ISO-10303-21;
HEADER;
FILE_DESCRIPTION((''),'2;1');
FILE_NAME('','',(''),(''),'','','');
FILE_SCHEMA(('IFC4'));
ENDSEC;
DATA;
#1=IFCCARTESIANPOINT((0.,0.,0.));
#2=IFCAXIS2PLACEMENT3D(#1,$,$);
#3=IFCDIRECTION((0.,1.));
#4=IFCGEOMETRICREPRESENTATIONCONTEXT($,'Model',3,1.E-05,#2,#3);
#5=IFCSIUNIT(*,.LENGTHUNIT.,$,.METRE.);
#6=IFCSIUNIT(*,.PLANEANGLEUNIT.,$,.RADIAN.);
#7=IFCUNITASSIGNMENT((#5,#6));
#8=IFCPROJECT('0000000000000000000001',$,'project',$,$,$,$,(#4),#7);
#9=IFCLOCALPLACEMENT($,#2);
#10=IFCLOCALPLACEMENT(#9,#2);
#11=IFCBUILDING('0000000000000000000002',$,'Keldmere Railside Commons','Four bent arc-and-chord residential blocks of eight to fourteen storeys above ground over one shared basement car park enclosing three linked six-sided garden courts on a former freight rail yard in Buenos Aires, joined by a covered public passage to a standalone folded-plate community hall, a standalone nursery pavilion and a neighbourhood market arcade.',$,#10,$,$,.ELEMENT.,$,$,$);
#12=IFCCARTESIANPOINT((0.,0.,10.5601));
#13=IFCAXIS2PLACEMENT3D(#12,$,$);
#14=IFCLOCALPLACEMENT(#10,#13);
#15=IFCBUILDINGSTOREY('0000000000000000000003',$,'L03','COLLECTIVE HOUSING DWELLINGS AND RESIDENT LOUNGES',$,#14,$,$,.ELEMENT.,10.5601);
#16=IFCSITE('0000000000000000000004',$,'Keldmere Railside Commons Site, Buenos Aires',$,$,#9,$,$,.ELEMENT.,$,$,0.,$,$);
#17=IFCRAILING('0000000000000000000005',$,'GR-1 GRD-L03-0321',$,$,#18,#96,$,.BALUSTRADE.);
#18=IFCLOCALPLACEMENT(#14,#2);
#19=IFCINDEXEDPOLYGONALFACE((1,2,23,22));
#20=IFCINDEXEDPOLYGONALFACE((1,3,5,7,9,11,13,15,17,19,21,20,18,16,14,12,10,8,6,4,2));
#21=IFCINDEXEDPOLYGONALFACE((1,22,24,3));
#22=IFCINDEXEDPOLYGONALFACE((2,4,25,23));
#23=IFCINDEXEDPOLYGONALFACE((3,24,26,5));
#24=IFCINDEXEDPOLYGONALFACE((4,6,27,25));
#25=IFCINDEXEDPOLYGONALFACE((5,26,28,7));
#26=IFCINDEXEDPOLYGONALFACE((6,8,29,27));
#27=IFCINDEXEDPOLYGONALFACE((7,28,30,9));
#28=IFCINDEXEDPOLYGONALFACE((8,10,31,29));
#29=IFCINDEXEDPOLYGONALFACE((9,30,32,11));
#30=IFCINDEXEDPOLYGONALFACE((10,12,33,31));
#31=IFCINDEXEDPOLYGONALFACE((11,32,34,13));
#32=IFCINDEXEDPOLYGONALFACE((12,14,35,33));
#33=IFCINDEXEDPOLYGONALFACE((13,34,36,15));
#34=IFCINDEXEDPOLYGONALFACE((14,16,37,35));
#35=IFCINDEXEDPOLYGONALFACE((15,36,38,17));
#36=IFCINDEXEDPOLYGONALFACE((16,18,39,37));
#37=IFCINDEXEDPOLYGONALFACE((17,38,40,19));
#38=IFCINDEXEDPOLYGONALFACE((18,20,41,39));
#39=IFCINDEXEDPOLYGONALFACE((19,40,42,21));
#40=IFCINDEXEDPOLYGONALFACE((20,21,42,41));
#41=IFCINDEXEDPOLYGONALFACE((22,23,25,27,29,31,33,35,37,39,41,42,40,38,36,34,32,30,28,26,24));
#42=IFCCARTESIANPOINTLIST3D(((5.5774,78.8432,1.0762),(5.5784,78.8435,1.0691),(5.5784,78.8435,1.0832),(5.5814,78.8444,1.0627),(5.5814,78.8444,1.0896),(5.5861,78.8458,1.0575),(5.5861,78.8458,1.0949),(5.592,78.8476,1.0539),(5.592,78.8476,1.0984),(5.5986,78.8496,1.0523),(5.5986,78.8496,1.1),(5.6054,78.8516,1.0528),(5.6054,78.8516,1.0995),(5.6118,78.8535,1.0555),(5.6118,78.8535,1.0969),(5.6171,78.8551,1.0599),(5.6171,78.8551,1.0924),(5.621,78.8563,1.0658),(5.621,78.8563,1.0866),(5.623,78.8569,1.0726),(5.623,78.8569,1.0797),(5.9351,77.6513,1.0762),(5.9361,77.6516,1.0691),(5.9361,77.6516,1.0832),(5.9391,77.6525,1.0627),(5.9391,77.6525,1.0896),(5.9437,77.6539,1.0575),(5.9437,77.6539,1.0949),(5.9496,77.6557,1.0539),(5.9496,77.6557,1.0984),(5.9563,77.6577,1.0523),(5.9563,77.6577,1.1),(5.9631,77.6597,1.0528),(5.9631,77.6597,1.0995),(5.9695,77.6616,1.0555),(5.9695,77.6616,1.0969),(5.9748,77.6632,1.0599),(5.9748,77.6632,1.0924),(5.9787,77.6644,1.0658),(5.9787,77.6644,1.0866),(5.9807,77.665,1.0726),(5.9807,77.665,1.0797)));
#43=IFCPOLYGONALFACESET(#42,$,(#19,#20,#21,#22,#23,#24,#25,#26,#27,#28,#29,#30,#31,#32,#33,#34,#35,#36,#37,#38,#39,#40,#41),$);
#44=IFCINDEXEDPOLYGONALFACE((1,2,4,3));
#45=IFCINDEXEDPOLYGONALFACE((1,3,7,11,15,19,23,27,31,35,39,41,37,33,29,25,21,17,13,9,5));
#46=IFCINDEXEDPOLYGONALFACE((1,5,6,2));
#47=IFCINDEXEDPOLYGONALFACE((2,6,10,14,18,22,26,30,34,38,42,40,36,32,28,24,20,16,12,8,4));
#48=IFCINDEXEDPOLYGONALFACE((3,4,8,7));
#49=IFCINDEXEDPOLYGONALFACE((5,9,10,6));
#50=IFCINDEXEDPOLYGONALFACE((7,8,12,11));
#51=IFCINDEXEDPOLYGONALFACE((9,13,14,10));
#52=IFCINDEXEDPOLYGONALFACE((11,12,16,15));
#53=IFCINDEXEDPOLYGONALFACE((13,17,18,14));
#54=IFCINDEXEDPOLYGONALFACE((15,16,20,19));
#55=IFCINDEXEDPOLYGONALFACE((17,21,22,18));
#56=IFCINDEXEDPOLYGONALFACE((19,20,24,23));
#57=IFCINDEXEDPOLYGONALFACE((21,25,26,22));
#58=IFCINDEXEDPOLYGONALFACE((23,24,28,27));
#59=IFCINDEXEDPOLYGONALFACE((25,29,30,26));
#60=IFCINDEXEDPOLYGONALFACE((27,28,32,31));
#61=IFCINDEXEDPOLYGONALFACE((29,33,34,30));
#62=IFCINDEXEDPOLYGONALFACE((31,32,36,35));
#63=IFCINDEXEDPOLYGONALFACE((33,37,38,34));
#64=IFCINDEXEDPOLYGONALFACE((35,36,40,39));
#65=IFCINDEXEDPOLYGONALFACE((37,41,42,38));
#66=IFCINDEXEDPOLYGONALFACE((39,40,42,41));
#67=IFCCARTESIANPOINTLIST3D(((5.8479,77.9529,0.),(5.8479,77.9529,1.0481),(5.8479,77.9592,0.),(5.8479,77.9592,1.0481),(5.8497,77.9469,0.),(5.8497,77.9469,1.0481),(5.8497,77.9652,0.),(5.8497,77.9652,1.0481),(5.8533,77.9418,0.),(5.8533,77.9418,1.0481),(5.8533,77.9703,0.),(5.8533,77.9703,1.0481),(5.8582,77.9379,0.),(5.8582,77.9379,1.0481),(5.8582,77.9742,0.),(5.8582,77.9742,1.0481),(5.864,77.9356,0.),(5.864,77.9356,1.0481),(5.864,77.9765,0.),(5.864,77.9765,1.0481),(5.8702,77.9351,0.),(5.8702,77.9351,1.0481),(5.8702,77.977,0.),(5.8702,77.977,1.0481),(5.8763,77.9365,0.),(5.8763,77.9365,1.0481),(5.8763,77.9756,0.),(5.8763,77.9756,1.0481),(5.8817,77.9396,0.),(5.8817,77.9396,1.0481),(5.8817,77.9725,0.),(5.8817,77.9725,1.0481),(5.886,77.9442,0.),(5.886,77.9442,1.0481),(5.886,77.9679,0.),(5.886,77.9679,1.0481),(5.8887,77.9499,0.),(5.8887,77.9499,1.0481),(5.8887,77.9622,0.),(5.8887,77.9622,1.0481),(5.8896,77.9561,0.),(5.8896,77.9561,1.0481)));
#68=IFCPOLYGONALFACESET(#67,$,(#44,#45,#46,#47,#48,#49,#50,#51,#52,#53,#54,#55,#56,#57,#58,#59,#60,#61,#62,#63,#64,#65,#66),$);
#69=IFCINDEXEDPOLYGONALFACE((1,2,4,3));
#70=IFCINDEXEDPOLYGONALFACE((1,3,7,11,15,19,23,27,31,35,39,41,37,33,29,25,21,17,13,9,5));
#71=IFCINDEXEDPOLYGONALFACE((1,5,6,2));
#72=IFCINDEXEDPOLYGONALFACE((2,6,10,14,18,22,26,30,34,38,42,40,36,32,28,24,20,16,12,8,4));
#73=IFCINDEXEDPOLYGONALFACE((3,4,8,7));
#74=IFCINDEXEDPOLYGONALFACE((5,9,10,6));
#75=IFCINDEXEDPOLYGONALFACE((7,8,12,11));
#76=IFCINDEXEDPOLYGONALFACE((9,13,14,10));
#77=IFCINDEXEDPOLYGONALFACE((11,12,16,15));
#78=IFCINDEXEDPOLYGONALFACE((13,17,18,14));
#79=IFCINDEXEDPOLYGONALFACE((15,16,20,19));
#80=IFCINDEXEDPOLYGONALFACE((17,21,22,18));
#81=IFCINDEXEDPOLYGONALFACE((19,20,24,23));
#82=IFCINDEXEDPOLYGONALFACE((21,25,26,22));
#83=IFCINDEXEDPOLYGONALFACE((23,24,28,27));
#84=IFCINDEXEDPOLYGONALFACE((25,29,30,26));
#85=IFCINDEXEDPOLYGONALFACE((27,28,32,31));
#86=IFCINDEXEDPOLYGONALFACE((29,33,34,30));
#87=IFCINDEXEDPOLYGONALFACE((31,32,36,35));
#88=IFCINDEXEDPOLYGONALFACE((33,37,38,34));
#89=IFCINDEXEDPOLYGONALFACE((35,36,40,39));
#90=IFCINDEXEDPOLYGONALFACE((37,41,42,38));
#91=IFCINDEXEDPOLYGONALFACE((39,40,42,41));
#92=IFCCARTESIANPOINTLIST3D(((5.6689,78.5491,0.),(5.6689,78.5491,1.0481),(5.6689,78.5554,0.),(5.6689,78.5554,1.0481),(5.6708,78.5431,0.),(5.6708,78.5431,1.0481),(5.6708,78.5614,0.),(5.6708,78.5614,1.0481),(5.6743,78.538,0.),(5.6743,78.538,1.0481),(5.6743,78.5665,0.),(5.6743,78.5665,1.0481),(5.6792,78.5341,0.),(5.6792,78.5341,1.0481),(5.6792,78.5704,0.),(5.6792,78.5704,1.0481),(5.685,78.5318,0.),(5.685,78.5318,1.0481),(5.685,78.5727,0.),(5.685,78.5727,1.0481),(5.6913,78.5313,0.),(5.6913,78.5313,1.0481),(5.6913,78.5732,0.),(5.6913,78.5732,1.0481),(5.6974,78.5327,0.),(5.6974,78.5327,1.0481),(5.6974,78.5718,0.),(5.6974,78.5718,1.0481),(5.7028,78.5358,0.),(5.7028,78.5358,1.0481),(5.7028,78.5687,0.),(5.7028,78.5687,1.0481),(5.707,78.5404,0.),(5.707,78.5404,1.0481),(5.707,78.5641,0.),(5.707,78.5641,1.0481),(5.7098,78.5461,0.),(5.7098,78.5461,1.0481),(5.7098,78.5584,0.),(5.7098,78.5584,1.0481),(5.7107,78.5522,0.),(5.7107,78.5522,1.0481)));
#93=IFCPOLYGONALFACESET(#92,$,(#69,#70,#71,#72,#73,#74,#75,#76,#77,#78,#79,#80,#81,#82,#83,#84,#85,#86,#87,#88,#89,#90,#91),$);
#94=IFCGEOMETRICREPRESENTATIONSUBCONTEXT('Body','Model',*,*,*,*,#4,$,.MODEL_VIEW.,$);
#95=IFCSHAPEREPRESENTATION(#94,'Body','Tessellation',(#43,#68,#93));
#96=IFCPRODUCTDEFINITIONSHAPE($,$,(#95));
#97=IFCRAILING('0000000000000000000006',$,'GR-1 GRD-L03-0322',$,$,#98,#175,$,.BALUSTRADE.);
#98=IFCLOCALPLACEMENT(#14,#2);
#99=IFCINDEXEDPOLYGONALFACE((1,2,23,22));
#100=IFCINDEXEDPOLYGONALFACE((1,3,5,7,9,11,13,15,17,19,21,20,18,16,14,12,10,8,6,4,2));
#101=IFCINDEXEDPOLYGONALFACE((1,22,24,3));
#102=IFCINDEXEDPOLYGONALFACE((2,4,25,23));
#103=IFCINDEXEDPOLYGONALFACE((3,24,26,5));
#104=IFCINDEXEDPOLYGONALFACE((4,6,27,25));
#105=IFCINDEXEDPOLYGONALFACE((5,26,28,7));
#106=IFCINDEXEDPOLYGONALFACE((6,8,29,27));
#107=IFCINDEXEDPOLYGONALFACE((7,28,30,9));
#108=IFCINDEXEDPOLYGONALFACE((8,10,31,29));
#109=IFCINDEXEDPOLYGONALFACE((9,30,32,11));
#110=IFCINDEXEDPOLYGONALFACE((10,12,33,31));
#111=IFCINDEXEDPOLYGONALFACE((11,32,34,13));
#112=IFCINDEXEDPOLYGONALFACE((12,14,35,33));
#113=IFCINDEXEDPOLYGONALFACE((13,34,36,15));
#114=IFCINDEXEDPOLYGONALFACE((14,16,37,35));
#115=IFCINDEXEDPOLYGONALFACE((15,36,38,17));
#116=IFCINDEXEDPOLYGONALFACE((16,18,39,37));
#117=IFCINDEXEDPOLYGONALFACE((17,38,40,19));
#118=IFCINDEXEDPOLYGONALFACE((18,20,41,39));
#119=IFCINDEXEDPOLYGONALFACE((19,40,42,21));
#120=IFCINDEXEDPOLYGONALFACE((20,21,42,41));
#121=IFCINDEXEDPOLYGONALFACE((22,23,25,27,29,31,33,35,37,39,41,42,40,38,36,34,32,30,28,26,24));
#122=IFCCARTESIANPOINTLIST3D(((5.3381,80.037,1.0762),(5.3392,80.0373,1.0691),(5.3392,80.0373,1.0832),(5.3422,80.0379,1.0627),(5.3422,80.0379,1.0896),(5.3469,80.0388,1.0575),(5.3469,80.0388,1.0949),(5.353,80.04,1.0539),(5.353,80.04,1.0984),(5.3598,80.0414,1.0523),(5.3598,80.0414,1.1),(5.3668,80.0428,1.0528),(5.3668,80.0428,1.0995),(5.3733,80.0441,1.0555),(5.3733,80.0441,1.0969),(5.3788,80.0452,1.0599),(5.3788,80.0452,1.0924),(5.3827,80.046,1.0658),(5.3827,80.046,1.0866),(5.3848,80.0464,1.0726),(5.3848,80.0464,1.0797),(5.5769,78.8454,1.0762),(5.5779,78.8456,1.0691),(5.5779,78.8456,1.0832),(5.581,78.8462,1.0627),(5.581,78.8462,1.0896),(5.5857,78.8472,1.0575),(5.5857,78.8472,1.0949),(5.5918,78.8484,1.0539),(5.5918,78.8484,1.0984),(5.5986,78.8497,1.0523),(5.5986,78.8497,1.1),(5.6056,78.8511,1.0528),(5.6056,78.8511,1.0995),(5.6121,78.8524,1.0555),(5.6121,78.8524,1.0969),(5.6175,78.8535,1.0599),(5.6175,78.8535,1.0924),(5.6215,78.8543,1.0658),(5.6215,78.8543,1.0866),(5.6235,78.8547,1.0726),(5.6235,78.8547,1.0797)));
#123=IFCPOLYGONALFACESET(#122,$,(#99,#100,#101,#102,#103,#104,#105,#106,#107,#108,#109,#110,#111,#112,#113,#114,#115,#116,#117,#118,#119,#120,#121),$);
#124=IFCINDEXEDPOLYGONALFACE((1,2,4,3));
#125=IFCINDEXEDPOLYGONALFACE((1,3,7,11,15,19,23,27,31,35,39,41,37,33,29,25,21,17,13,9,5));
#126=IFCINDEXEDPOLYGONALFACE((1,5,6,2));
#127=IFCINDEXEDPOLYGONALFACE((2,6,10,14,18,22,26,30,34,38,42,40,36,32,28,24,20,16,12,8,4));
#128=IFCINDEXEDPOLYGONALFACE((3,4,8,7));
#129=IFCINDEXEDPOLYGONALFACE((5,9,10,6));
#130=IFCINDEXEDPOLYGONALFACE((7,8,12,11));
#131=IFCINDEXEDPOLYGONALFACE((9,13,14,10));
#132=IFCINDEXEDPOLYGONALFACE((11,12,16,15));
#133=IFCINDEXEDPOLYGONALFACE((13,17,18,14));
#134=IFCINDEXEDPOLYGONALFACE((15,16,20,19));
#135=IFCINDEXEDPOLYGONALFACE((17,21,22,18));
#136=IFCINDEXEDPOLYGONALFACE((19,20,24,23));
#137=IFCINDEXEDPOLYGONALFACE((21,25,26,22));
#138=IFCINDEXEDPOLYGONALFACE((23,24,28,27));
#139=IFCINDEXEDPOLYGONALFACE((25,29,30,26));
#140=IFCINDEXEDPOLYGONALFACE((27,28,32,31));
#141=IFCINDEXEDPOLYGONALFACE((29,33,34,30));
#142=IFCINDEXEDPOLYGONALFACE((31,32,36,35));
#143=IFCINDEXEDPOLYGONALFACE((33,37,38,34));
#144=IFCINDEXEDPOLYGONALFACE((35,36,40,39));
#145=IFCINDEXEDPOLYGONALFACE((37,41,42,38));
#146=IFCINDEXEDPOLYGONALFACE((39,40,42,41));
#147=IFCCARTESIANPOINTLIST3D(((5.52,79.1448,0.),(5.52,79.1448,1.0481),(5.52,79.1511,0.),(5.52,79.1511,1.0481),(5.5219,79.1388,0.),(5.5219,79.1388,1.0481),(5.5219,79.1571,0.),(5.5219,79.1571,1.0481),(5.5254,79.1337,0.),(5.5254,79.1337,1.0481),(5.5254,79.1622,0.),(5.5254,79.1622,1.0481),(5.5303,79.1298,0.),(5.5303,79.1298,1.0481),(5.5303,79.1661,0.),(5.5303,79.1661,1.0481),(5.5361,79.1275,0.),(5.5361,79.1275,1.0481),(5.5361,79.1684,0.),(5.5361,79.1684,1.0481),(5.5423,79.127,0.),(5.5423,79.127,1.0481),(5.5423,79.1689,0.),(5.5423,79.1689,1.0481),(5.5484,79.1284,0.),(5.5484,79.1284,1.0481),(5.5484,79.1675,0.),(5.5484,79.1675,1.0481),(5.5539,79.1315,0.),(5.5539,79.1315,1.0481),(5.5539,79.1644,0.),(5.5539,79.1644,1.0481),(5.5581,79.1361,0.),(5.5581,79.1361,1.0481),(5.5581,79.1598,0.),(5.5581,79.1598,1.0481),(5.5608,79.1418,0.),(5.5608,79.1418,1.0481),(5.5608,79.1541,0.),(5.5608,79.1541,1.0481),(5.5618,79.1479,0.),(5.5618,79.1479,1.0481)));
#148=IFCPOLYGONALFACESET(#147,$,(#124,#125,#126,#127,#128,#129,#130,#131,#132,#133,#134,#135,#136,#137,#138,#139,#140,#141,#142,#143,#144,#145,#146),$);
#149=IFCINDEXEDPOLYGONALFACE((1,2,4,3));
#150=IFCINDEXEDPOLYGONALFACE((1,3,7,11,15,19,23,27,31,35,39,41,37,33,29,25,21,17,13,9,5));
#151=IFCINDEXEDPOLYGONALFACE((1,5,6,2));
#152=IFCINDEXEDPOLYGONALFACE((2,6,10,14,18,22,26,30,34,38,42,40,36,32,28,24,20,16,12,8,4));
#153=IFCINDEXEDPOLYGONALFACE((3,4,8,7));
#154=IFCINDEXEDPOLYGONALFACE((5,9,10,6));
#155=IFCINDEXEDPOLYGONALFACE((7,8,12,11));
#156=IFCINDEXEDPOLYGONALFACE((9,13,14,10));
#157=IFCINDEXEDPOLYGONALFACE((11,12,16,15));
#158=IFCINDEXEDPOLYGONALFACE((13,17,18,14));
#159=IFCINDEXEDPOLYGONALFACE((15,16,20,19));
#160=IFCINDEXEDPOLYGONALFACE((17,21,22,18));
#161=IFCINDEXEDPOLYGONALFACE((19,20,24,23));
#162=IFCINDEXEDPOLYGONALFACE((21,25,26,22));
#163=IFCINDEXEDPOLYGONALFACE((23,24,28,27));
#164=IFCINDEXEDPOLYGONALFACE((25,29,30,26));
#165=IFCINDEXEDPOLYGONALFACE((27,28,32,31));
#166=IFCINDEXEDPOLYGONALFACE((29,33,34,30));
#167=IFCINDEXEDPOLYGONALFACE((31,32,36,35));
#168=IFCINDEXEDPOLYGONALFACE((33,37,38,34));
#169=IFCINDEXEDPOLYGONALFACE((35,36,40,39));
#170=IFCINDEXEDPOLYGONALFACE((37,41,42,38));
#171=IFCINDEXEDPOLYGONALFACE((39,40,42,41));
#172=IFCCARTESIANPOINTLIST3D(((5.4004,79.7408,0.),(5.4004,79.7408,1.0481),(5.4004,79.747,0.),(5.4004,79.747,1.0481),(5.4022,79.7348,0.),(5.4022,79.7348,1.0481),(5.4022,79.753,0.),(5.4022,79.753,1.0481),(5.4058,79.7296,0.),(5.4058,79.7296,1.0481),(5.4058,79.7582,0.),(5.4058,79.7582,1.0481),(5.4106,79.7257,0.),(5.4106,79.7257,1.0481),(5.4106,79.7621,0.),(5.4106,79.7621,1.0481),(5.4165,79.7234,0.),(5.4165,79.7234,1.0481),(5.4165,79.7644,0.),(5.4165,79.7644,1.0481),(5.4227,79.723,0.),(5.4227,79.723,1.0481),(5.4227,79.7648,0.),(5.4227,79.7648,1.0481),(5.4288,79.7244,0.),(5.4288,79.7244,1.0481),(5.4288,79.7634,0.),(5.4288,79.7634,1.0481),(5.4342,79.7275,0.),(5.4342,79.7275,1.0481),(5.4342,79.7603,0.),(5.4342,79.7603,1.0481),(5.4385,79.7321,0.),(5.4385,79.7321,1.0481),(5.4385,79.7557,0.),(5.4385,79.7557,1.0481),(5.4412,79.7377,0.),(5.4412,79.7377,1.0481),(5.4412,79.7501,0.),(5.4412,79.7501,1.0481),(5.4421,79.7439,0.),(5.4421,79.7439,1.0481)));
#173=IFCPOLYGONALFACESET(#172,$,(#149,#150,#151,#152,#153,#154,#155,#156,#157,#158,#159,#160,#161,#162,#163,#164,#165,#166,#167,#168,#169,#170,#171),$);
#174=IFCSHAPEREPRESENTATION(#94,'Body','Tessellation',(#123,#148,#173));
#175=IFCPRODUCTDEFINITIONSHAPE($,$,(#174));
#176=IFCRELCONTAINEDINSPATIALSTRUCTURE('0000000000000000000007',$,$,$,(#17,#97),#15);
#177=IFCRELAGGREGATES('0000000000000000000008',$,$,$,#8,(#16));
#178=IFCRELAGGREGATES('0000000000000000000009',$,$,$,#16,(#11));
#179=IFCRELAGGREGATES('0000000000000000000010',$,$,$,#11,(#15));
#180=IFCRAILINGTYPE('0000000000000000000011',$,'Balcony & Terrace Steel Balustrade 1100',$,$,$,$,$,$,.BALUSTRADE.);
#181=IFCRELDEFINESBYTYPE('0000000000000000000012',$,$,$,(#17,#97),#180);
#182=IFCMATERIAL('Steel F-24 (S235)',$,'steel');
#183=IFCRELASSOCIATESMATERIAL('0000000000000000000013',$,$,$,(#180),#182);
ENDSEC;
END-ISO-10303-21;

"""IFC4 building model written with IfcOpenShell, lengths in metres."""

from ifc_helpers import new_model, si_unit, direction, frame, origin, origin_2d, place, context, subcontext, project, spatial, circle, extrude, material, type_object, element, save


model = new_model("IFC4")

# Units and contexts
model_context = context("Model", 3, precision=1e-05, world=origin(), true_north=direction((0.0, 1.0)))
body_context = subcontext(model_context, "Body", "Model", "MODEL_VIEW")
ifc_project = project(units=[si_unit("LENGTHUNIT", "METRE"), si_unit("PLANEANGLEUNIT", "RADIAN")], contexts=[model_context])

# Site, building, storey
site_placement = place(None, origin())
site = spatial("IfcSite", under=ifc_project, at=site_placement, Name="Keldmere Railside Commons Site, Buenos Aires", CompositionType="ELEMENT", RefElevation=0.0)
building_placement = place(site_placement, origin())
building = spatial("IfcBuilding", under=site, at=building_placement, Name="Keldmere Railside Commons", Description="Four bent arc-and-chord residential blocks of eight to fourteen storeys above ground over one shared basement car park enclosing three linked six-sided garden courts on a former freight rail yard in Buenos Aires, joined by a covered public passage to a standalone folded-plate community hall, a standalone nursery pavilion and a neighbourhood market arcade.", CompositionType="ELEMENT")
storey_placement = place(building_placement, frame((0.0, 0.0, 10.5601)))
storey = spatial("IfcBuildingStorey", under=building, at=storey_placement, Name="L03", Description="COLLECTIVE HOUSING DWELLINGS AND RESIDENT LOUNGES", CompositionType="ELEMENT", Elevation=10.5601)

# Shared definitions
ifc_material_1 = material(Name="Steel F-24 (S235)", Category="steel")

# Railings
railing_type_1 = type_object("IfcRailingType", Name="Balcony & Terrace Steel Balustrade 1100", PredefinedType="BALUSTRADE", material=ifc_material_1)
railing_1_placement = place(storey_placement, frame((5.958, 77.6582, 0.0)))
element("IfcRailing", 1, at=railing_1_placement, inside=storey, type_object=railing_type_1, Name="GR-1 GRD-L03-0321", PredefinedType="BALUSTRADE", context=body_context, shape_type="SweptSolid", body=[
    extrude(circle(Radius=0.0239, at=origin_2d()), frame((0.0, 0.0, 1.0762), z_axis=(-0.28742, 0.957805, 0.0), x_axis=(-0.957805, -0.28742, 0.0)), (0.0, 0.0, 1.0), 1.2444),
    extrude(circle(Radius=0.021, at=origin_2d()), frame((-0.0894, 0.2979, 0.0)), (0.0, 0.0, 1.0), 1.0481),
    extrude(circle(Radius=0.021, at=origin_2d()), frame((-0.2683, 0.894, 0.0)), (0.0, 0.0, 1.0), 1.0481),
])
railing_2_placement = place(storey_placement, frame((5.6003, 78.8501, 0.0)))
element("IfcRailing", 2, at=railing_2_placement, inside=storey, type_object=railing_type_1, Name="GR-1 GRD-L03-0322", PredefinedType="BALUSTRADE", context=body_context, shape_type="SweptSolid", body=[
    extrude(circle(Radius=0.0239, at=origin_2d()), frame((0.0, 0.0, 1.0762), z_axis=(-0.196464, 0.980511, 0.0), x_axis=(-0.980511, -0.196464, 0.0)), (0.0, 0.0, 1.0), 1.2153),
    extrude(circle(Radius=0.021, at=origin_2d()), frame((-0.0596, 0.2979, 0.0)), (0.0, 0.0, 1.0), 1.0481),
    extrude(circle(Radius=0.021, at=origin_2d()), frame((-0.1792, 0.8938, 0.0)), (0.0, 0.0, 1.0), 1.0481),
])

save(model, "model.ifc")
